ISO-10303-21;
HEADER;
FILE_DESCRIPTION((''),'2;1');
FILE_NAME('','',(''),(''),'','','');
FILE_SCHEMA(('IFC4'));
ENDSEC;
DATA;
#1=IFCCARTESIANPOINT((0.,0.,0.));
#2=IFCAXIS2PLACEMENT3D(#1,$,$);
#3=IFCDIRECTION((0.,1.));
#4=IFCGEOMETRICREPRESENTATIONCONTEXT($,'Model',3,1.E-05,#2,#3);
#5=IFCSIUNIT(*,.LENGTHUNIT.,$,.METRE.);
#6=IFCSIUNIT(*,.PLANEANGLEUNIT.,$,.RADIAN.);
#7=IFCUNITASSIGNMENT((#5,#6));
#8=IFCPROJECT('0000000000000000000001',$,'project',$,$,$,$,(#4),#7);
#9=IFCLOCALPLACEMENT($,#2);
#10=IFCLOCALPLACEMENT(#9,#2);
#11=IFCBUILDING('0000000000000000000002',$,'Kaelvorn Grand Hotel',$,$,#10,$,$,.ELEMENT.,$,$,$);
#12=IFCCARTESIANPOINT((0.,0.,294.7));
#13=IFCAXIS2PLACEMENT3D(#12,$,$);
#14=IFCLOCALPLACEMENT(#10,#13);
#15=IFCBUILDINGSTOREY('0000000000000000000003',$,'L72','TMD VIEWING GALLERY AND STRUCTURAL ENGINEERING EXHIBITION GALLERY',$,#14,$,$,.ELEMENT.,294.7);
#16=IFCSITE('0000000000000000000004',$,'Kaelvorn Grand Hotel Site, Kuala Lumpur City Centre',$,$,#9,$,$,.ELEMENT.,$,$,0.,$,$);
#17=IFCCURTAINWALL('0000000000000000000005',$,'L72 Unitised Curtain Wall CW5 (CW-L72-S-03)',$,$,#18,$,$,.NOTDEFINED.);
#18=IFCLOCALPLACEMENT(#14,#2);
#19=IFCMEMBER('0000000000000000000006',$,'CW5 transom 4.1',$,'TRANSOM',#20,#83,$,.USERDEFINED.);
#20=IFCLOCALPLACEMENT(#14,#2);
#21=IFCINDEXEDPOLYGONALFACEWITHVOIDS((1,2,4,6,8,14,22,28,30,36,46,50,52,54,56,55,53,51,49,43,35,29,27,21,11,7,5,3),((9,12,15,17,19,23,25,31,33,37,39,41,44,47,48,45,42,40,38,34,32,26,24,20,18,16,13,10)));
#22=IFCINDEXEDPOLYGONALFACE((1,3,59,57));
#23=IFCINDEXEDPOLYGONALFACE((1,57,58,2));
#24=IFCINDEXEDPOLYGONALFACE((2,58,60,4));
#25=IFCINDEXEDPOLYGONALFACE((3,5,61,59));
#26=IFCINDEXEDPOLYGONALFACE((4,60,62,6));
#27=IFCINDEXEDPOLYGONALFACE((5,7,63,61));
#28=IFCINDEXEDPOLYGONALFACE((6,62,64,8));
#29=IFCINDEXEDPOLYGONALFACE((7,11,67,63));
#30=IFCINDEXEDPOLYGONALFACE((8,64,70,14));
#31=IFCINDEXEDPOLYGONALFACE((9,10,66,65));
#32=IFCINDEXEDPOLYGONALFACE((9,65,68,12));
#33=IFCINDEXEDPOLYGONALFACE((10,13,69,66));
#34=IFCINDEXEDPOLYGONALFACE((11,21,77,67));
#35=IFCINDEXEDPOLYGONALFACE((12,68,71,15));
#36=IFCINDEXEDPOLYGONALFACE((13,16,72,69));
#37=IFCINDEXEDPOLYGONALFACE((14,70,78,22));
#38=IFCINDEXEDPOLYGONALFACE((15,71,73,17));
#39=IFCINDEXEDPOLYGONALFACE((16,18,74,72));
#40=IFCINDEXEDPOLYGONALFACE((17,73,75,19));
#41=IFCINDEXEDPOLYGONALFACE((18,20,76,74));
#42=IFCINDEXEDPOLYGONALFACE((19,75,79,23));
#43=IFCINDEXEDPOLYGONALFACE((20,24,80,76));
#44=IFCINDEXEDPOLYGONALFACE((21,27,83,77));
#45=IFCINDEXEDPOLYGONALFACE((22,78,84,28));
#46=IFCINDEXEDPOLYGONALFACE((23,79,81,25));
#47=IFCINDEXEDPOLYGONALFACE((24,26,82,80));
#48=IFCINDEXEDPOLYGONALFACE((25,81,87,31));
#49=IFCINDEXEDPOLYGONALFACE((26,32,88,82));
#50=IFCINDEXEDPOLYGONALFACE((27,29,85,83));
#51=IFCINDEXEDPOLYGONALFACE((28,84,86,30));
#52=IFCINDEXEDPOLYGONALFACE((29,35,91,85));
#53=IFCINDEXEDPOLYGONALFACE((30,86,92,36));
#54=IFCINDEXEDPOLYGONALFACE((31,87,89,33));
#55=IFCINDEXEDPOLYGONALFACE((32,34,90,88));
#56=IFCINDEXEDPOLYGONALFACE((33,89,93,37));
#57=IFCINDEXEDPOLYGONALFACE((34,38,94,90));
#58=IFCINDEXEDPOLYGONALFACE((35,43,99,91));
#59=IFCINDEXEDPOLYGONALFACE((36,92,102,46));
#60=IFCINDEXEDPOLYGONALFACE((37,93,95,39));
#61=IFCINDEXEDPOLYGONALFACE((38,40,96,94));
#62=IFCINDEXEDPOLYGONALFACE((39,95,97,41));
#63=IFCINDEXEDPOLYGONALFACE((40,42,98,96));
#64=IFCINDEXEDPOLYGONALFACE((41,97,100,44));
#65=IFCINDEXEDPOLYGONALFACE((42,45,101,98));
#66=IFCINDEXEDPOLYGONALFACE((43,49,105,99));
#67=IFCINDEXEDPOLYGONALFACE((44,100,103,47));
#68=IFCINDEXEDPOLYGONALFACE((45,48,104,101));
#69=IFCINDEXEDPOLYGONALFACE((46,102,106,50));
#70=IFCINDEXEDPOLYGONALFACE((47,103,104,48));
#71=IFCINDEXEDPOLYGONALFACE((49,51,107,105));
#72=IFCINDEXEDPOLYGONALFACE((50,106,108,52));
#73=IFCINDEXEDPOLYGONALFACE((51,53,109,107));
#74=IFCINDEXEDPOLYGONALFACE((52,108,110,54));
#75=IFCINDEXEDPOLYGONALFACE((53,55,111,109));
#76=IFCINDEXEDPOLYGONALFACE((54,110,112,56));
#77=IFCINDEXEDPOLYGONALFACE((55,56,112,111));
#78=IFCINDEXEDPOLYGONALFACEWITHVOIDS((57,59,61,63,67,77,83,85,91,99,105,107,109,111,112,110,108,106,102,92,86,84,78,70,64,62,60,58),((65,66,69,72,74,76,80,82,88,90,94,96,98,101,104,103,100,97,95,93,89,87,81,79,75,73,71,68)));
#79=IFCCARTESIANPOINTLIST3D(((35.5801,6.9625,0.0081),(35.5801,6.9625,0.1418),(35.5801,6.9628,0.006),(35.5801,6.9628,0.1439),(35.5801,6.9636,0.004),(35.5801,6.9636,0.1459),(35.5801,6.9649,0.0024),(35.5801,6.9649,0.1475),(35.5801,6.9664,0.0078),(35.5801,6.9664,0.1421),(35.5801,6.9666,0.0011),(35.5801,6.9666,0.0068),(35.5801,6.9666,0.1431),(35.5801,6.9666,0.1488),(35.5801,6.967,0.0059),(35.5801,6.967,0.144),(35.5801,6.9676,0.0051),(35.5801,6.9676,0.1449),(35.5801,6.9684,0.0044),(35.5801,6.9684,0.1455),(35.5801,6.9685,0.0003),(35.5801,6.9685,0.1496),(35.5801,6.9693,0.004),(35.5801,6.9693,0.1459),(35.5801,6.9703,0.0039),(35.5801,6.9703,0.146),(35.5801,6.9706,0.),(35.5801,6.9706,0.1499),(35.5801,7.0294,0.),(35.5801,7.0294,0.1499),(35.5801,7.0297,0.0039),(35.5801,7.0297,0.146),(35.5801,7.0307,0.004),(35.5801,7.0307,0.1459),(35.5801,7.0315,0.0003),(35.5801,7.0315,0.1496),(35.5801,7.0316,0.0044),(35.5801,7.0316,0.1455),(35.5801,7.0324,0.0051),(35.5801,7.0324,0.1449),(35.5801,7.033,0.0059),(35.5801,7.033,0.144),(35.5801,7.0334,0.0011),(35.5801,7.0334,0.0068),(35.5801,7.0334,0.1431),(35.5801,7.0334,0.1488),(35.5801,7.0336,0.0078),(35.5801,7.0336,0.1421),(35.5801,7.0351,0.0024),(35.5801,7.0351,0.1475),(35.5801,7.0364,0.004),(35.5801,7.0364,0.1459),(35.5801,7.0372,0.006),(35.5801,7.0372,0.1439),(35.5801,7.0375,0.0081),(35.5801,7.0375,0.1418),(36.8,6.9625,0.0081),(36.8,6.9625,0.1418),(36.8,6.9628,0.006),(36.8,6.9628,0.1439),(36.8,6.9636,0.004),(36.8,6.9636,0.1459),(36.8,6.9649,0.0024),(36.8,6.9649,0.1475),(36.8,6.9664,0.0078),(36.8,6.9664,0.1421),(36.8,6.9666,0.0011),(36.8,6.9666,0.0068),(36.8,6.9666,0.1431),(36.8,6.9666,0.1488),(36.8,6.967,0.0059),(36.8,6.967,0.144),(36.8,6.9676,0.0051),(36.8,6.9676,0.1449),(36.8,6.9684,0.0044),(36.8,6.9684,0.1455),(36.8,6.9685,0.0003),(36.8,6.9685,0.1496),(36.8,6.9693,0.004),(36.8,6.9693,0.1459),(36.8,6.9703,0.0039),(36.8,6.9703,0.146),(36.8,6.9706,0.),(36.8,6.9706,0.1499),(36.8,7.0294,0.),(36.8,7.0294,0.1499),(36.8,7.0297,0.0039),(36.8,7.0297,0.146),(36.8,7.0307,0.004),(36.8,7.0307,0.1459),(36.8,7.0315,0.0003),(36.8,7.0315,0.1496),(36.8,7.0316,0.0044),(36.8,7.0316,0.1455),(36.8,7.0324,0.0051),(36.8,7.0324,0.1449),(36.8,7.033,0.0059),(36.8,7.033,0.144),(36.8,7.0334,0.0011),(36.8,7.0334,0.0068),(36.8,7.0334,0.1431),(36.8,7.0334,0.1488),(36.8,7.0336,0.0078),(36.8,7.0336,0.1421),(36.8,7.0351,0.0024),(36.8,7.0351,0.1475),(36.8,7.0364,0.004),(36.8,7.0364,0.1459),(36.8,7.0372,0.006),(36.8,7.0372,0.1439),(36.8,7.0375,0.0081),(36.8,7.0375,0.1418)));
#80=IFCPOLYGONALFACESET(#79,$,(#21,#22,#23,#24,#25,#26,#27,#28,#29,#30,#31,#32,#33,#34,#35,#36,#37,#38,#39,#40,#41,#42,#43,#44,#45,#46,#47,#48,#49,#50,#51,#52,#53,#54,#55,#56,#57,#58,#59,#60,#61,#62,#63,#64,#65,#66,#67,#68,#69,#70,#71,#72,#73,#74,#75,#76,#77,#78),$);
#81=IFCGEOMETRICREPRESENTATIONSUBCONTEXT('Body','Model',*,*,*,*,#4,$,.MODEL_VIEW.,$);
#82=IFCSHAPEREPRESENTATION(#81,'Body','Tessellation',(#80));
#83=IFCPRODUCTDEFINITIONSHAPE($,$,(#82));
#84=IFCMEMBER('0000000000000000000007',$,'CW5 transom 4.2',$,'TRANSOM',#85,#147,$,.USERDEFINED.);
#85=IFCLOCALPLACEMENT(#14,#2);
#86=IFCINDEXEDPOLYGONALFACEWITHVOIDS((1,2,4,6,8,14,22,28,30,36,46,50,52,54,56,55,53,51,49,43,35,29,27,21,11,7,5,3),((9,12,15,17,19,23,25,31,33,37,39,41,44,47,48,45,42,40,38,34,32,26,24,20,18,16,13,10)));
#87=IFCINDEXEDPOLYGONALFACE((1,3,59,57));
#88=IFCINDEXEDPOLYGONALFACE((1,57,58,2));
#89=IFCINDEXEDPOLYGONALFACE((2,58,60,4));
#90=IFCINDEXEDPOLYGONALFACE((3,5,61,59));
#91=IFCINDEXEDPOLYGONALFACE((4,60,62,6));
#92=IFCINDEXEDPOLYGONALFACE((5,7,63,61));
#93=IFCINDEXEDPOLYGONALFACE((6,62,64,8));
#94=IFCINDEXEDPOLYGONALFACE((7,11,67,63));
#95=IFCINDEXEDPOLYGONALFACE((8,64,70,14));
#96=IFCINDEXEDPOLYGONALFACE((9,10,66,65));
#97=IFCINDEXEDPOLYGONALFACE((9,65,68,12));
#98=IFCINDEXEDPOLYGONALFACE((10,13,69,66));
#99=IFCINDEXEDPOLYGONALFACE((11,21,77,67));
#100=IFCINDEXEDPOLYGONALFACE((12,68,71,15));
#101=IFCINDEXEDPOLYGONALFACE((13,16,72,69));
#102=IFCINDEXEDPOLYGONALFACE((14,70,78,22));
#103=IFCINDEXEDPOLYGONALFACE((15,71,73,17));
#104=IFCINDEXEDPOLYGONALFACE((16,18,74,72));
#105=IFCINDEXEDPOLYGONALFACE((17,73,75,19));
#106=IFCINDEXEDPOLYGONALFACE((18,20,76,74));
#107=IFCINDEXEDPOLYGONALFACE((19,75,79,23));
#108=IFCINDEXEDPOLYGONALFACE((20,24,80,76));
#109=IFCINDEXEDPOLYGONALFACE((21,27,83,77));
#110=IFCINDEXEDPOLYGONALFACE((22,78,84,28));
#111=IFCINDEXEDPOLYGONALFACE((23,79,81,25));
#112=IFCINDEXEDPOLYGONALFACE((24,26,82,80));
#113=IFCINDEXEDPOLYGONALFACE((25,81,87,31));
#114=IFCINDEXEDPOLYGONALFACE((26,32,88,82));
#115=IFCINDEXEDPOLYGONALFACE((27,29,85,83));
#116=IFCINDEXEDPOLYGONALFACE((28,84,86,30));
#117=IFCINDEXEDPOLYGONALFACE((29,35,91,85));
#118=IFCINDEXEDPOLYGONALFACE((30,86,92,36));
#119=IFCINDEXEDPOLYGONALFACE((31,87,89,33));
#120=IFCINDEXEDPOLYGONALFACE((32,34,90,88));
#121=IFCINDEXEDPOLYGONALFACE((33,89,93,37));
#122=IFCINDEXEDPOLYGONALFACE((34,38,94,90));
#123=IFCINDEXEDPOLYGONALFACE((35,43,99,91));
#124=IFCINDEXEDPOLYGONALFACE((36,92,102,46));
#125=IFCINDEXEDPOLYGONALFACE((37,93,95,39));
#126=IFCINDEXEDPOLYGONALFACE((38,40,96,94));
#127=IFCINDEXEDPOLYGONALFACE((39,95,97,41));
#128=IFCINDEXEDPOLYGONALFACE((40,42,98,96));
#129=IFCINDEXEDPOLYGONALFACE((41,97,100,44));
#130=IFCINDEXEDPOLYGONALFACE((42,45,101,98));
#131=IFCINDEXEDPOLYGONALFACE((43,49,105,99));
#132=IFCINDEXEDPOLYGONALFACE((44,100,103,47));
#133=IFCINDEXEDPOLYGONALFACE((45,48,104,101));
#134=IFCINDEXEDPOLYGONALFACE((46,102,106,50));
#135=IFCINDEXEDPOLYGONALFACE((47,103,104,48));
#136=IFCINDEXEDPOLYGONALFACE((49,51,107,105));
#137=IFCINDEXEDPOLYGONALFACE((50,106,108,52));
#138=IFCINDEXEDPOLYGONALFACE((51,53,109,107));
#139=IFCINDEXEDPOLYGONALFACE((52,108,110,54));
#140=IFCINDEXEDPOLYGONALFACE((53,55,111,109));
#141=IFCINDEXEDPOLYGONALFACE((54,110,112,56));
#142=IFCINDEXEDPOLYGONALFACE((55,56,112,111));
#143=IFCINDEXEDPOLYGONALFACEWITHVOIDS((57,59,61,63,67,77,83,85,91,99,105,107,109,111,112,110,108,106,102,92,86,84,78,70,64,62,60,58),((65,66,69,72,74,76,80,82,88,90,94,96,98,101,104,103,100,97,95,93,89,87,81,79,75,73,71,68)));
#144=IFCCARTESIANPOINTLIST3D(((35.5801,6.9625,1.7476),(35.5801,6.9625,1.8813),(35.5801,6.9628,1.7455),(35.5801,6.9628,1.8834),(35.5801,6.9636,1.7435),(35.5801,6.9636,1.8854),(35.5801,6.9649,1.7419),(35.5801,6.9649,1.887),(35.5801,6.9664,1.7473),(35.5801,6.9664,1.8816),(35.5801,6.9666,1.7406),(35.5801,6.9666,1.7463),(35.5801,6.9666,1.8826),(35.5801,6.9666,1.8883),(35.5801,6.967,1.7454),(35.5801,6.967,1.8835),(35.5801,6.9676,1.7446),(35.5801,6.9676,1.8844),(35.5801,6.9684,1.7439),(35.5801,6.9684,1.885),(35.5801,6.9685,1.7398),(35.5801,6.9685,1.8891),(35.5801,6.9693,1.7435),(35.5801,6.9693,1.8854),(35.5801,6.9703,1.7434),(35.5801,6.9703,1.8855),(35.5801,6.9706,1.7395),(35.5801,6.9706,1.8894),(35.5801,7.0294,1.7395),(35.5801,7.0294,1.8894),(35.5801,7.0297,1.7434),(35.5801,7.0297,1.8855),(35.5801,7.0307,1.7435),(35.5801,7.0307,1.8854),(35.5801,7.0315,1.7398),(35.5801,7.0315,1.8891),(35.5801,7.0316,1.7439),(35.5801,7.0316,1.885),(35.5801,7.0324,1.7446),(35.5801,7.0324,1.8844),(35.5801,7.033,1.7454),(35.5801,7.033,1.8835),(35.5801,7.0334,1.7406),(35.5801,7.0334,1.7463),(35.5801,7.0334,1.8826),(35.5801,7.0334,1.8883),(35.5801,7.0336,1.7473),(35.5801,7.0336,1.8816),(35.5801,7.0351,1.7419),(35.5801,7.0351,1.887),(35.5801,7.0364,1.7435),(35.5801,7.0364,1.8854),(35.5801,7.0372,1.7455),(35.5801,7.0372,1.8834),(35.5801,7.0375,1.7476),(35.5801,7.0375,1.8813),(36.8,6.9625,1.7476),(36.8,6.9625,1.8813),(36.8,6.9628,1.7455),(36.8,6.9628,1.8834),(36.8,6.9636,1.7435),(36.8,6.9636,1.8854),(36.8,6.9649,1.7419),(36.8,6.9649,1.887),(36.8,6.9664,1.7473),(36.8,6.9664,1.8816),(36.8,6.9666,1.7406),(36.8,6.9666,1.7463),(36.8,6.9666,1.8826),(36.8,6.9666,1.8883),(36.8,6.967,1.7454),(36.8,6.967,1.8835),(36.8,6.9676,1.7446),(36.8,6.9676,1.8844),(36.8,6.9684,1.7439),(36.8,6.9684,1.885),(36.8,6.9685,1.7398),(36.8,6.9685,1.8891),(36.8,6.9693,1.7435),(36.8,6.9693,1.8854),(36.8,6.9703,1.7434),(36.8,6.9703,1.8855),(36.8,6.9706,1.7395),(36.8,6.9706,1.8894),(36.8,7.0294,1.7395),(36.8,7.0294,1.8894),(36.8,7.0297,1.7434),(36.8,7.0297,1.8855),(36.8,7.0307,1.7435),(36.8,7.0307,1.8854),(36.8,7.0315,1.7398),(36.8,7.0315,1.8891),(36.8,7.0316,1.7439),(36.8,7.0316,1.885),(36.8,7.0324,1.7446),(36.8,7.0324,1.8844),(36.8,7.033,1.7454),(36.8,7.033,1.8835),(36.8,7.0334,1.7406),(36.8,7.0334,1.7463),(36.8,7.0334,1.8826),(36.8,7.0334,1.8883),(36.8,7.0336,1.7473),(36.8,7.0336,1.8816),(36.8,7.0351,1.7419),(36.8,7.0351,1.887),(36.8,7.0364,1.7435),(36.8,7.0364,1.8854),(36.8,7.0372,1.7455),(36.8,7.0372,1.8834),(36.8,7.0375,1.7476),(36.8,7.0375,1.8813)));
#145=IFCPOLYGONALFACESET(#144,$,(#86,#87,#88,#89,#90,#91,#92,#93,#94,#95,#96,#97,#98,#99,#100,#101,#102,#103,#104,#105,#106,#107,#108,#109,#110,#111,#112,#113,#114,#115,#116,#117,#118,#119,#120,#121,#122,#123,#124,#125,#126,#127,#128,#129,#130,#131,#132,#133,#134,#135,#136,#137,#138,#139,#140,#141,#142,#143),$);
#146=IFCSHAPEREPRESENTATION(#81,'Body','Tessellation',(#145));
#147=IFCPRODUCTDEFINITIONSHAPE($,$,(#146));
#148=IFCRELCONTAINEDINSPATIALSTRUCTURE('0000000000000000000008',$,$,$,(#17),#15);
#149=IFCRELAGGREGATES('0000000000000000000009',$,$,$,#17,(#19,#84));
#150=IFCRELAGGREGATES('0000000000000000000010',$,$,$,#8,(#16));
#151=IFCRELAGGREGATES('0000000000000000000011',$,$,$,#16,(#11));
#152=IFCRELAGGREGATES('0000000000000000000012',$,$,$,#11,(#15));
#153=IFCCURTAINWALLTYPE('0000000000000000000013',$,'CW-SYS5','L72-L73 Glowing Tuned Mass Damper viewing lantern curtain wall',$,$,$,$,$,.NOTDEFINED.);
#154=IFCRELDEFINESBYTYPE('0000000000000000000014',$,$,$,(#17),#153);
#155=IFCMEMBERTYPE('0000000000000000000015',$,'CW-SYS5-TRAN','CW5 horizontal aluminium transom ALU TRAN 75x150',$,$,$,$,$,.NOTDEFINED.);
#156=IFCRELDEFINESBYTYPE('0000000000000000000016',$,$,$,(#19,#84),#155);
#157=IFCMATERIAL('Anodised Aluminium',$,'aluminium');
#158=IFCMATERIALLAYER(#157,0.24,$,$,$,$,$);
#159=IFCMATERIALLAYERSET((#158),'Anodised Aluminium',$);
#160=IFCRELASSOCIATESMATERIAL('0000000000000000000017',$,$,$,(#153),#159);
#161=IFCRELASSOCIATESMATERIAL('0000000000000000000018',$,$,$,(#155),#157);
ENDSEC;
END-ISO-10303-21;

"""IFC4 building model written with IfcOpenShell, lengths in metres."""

from ifc_helpers import new_model, si_unit, direction, frame, origin, origin_2d, place, context, subcontext, project, spatial, hollow_rectangle, extrude, material, layer, layer_set, material_profile, profile_set, type_object, element, aggregate, save


model = new_model("IFC4")

# Units and contexts
model_context = context("Model", 3, precision=1e-05, world=origin(), true_north=direction((0.0, 1.0)))
body_context = subcontext(model_context, "Body", "Model", "MODEL_VIEW")
ifc_project = project(units=[si_unit("LENGTHUNIT", "METRE"), si_unit("PLANEANGLEUNIT", "RADIAN")], contexts=[model_context])

# Site, building, storey
site_placement = place(None, origin())
site = spatial("IfcSite", under=ifc_project, at=site_placement, Name="Kaelvorn Grand Hotel Site, Kuala Lumpur City Centre", CompositionType="ELEMENT", RefElevation=0.0)
building_placement = place(site_placement, origin())
building = spatial("IfcBuilding", under=site, at=building_placement, Name="Kaelvorn Grand Hotel", CompositionType="ELEMENT")
storey_placement = place(building_placement, frame((0.0, 0.0, 294.7)))
storey = spatial("IfcBuildingStorey", under=building, at=storey_placement, Name="L72", Description="TMD VIEWING GALLERY AND STRUCTURAL ENGINEERING EXHIBITION GALLERY", CompositionType="ELEMENT", Elevation=294.7)

# Curtain wall
ifc_material_1 = material(Name="Anodised Aluminium", Category="aluminium")
ifc_layer_1 = layer(ifc_material_1, 0.24)
ifc_layer_set_1 = layer_set([ifc_layer_1], Name="Anodised Aluminium")
curtain_wall_type = type_object("IfcCurtainWallType", Name="CW-SYS5", Description="L72-L73 Glowing Tuned Mass Damper viewing lantern curtain wall", PredefinedType="NOTDEFINED", material=ifc_layer_set_1)
curtain_wall_1_placement = place(storey_placement, origin())
curtain_wall_1 = element("IfcCurtainWall", 1, at=curtain_wall_1_placement, inside=storey, type_object=curtain_wall_type, Name="L72 Unitised Curtain Wall CW5 (CW-L72-S-03)", PredefinedType="NOTDEFINED")

# Members
ifc_material_profile_1 = material_profile(ifc_material_1, hollow_rectangle(XDim=0.075, YDim=0.1499, WallThickness=0.0039, InnerFilletRadius=0.0039, OuterFilletRadius=0.0081, at=origin_2d()), Name="ALU TRAN 75x150")
ifc_profile_set_1 = profile_set([ifc_material_profile_1], Name="Anodised Aluminium")
member_type_1 = type_object("IfcMemberType", Name="CW-SYS5-TRAN", Description="CW5 horizontal aluminium transom ALU TRAN 75x150", PredefinedType="NOTDEFINED", material=ifc_profile_set_1)
member_1_placement = place(storey_placement, frame((35.5801, 7.0, 0.075), z_axis=(1.0, 0.0, 0.0), x_axis=(0.0, 1.0, 0.0)))
member_1 = element("IfcMember", 2, at=member_1_placement, type_object=member_type_1, Name="CW5 transom 4.1", ObjectType="TRANSOM", PredefinedType="USERDEFINED", context=body_context, shape_type="SweptSolid", body=[
    extrude(hollow_rectangle(XDim=0.075, YDim=0.1499, WallThickness=0.0039, InnerFilletRadius=0.0039, OuterFilletRadius=0.0081, at=origin_2d()), origin(), (0.0, 0.0, 1.0), 1.22),
])
member_2_placement = place(storey_placement, frame((35.5801, 7.0, 1.8145), z_axis=(1.0, 0.0, 0.0), x_axis=(0.0, 1.0, 0.0)))
member_2 = element("IfcMember", 3, at=member_2_placement, type_object=member_type_1, Name="CW5 transom 4.2", ObjectType="TRANSOM", PredefinedType="USERDEFINED", context=body_context, shape_type="SweptSolid", body=[
    extrude(hollow_rectangle(XDim=0.075, YDim=0.1499, WallThickness=0.0039, InnerFilletRadius=0.0039, OuterFilletRadius=0.0081, at=origin_2d()), origin(), (0.0, 0.0, 1.0), 1.22),
])

aggregate(curtain_wall_1, [member_1, member_2])

save(model, "model.ifc")
